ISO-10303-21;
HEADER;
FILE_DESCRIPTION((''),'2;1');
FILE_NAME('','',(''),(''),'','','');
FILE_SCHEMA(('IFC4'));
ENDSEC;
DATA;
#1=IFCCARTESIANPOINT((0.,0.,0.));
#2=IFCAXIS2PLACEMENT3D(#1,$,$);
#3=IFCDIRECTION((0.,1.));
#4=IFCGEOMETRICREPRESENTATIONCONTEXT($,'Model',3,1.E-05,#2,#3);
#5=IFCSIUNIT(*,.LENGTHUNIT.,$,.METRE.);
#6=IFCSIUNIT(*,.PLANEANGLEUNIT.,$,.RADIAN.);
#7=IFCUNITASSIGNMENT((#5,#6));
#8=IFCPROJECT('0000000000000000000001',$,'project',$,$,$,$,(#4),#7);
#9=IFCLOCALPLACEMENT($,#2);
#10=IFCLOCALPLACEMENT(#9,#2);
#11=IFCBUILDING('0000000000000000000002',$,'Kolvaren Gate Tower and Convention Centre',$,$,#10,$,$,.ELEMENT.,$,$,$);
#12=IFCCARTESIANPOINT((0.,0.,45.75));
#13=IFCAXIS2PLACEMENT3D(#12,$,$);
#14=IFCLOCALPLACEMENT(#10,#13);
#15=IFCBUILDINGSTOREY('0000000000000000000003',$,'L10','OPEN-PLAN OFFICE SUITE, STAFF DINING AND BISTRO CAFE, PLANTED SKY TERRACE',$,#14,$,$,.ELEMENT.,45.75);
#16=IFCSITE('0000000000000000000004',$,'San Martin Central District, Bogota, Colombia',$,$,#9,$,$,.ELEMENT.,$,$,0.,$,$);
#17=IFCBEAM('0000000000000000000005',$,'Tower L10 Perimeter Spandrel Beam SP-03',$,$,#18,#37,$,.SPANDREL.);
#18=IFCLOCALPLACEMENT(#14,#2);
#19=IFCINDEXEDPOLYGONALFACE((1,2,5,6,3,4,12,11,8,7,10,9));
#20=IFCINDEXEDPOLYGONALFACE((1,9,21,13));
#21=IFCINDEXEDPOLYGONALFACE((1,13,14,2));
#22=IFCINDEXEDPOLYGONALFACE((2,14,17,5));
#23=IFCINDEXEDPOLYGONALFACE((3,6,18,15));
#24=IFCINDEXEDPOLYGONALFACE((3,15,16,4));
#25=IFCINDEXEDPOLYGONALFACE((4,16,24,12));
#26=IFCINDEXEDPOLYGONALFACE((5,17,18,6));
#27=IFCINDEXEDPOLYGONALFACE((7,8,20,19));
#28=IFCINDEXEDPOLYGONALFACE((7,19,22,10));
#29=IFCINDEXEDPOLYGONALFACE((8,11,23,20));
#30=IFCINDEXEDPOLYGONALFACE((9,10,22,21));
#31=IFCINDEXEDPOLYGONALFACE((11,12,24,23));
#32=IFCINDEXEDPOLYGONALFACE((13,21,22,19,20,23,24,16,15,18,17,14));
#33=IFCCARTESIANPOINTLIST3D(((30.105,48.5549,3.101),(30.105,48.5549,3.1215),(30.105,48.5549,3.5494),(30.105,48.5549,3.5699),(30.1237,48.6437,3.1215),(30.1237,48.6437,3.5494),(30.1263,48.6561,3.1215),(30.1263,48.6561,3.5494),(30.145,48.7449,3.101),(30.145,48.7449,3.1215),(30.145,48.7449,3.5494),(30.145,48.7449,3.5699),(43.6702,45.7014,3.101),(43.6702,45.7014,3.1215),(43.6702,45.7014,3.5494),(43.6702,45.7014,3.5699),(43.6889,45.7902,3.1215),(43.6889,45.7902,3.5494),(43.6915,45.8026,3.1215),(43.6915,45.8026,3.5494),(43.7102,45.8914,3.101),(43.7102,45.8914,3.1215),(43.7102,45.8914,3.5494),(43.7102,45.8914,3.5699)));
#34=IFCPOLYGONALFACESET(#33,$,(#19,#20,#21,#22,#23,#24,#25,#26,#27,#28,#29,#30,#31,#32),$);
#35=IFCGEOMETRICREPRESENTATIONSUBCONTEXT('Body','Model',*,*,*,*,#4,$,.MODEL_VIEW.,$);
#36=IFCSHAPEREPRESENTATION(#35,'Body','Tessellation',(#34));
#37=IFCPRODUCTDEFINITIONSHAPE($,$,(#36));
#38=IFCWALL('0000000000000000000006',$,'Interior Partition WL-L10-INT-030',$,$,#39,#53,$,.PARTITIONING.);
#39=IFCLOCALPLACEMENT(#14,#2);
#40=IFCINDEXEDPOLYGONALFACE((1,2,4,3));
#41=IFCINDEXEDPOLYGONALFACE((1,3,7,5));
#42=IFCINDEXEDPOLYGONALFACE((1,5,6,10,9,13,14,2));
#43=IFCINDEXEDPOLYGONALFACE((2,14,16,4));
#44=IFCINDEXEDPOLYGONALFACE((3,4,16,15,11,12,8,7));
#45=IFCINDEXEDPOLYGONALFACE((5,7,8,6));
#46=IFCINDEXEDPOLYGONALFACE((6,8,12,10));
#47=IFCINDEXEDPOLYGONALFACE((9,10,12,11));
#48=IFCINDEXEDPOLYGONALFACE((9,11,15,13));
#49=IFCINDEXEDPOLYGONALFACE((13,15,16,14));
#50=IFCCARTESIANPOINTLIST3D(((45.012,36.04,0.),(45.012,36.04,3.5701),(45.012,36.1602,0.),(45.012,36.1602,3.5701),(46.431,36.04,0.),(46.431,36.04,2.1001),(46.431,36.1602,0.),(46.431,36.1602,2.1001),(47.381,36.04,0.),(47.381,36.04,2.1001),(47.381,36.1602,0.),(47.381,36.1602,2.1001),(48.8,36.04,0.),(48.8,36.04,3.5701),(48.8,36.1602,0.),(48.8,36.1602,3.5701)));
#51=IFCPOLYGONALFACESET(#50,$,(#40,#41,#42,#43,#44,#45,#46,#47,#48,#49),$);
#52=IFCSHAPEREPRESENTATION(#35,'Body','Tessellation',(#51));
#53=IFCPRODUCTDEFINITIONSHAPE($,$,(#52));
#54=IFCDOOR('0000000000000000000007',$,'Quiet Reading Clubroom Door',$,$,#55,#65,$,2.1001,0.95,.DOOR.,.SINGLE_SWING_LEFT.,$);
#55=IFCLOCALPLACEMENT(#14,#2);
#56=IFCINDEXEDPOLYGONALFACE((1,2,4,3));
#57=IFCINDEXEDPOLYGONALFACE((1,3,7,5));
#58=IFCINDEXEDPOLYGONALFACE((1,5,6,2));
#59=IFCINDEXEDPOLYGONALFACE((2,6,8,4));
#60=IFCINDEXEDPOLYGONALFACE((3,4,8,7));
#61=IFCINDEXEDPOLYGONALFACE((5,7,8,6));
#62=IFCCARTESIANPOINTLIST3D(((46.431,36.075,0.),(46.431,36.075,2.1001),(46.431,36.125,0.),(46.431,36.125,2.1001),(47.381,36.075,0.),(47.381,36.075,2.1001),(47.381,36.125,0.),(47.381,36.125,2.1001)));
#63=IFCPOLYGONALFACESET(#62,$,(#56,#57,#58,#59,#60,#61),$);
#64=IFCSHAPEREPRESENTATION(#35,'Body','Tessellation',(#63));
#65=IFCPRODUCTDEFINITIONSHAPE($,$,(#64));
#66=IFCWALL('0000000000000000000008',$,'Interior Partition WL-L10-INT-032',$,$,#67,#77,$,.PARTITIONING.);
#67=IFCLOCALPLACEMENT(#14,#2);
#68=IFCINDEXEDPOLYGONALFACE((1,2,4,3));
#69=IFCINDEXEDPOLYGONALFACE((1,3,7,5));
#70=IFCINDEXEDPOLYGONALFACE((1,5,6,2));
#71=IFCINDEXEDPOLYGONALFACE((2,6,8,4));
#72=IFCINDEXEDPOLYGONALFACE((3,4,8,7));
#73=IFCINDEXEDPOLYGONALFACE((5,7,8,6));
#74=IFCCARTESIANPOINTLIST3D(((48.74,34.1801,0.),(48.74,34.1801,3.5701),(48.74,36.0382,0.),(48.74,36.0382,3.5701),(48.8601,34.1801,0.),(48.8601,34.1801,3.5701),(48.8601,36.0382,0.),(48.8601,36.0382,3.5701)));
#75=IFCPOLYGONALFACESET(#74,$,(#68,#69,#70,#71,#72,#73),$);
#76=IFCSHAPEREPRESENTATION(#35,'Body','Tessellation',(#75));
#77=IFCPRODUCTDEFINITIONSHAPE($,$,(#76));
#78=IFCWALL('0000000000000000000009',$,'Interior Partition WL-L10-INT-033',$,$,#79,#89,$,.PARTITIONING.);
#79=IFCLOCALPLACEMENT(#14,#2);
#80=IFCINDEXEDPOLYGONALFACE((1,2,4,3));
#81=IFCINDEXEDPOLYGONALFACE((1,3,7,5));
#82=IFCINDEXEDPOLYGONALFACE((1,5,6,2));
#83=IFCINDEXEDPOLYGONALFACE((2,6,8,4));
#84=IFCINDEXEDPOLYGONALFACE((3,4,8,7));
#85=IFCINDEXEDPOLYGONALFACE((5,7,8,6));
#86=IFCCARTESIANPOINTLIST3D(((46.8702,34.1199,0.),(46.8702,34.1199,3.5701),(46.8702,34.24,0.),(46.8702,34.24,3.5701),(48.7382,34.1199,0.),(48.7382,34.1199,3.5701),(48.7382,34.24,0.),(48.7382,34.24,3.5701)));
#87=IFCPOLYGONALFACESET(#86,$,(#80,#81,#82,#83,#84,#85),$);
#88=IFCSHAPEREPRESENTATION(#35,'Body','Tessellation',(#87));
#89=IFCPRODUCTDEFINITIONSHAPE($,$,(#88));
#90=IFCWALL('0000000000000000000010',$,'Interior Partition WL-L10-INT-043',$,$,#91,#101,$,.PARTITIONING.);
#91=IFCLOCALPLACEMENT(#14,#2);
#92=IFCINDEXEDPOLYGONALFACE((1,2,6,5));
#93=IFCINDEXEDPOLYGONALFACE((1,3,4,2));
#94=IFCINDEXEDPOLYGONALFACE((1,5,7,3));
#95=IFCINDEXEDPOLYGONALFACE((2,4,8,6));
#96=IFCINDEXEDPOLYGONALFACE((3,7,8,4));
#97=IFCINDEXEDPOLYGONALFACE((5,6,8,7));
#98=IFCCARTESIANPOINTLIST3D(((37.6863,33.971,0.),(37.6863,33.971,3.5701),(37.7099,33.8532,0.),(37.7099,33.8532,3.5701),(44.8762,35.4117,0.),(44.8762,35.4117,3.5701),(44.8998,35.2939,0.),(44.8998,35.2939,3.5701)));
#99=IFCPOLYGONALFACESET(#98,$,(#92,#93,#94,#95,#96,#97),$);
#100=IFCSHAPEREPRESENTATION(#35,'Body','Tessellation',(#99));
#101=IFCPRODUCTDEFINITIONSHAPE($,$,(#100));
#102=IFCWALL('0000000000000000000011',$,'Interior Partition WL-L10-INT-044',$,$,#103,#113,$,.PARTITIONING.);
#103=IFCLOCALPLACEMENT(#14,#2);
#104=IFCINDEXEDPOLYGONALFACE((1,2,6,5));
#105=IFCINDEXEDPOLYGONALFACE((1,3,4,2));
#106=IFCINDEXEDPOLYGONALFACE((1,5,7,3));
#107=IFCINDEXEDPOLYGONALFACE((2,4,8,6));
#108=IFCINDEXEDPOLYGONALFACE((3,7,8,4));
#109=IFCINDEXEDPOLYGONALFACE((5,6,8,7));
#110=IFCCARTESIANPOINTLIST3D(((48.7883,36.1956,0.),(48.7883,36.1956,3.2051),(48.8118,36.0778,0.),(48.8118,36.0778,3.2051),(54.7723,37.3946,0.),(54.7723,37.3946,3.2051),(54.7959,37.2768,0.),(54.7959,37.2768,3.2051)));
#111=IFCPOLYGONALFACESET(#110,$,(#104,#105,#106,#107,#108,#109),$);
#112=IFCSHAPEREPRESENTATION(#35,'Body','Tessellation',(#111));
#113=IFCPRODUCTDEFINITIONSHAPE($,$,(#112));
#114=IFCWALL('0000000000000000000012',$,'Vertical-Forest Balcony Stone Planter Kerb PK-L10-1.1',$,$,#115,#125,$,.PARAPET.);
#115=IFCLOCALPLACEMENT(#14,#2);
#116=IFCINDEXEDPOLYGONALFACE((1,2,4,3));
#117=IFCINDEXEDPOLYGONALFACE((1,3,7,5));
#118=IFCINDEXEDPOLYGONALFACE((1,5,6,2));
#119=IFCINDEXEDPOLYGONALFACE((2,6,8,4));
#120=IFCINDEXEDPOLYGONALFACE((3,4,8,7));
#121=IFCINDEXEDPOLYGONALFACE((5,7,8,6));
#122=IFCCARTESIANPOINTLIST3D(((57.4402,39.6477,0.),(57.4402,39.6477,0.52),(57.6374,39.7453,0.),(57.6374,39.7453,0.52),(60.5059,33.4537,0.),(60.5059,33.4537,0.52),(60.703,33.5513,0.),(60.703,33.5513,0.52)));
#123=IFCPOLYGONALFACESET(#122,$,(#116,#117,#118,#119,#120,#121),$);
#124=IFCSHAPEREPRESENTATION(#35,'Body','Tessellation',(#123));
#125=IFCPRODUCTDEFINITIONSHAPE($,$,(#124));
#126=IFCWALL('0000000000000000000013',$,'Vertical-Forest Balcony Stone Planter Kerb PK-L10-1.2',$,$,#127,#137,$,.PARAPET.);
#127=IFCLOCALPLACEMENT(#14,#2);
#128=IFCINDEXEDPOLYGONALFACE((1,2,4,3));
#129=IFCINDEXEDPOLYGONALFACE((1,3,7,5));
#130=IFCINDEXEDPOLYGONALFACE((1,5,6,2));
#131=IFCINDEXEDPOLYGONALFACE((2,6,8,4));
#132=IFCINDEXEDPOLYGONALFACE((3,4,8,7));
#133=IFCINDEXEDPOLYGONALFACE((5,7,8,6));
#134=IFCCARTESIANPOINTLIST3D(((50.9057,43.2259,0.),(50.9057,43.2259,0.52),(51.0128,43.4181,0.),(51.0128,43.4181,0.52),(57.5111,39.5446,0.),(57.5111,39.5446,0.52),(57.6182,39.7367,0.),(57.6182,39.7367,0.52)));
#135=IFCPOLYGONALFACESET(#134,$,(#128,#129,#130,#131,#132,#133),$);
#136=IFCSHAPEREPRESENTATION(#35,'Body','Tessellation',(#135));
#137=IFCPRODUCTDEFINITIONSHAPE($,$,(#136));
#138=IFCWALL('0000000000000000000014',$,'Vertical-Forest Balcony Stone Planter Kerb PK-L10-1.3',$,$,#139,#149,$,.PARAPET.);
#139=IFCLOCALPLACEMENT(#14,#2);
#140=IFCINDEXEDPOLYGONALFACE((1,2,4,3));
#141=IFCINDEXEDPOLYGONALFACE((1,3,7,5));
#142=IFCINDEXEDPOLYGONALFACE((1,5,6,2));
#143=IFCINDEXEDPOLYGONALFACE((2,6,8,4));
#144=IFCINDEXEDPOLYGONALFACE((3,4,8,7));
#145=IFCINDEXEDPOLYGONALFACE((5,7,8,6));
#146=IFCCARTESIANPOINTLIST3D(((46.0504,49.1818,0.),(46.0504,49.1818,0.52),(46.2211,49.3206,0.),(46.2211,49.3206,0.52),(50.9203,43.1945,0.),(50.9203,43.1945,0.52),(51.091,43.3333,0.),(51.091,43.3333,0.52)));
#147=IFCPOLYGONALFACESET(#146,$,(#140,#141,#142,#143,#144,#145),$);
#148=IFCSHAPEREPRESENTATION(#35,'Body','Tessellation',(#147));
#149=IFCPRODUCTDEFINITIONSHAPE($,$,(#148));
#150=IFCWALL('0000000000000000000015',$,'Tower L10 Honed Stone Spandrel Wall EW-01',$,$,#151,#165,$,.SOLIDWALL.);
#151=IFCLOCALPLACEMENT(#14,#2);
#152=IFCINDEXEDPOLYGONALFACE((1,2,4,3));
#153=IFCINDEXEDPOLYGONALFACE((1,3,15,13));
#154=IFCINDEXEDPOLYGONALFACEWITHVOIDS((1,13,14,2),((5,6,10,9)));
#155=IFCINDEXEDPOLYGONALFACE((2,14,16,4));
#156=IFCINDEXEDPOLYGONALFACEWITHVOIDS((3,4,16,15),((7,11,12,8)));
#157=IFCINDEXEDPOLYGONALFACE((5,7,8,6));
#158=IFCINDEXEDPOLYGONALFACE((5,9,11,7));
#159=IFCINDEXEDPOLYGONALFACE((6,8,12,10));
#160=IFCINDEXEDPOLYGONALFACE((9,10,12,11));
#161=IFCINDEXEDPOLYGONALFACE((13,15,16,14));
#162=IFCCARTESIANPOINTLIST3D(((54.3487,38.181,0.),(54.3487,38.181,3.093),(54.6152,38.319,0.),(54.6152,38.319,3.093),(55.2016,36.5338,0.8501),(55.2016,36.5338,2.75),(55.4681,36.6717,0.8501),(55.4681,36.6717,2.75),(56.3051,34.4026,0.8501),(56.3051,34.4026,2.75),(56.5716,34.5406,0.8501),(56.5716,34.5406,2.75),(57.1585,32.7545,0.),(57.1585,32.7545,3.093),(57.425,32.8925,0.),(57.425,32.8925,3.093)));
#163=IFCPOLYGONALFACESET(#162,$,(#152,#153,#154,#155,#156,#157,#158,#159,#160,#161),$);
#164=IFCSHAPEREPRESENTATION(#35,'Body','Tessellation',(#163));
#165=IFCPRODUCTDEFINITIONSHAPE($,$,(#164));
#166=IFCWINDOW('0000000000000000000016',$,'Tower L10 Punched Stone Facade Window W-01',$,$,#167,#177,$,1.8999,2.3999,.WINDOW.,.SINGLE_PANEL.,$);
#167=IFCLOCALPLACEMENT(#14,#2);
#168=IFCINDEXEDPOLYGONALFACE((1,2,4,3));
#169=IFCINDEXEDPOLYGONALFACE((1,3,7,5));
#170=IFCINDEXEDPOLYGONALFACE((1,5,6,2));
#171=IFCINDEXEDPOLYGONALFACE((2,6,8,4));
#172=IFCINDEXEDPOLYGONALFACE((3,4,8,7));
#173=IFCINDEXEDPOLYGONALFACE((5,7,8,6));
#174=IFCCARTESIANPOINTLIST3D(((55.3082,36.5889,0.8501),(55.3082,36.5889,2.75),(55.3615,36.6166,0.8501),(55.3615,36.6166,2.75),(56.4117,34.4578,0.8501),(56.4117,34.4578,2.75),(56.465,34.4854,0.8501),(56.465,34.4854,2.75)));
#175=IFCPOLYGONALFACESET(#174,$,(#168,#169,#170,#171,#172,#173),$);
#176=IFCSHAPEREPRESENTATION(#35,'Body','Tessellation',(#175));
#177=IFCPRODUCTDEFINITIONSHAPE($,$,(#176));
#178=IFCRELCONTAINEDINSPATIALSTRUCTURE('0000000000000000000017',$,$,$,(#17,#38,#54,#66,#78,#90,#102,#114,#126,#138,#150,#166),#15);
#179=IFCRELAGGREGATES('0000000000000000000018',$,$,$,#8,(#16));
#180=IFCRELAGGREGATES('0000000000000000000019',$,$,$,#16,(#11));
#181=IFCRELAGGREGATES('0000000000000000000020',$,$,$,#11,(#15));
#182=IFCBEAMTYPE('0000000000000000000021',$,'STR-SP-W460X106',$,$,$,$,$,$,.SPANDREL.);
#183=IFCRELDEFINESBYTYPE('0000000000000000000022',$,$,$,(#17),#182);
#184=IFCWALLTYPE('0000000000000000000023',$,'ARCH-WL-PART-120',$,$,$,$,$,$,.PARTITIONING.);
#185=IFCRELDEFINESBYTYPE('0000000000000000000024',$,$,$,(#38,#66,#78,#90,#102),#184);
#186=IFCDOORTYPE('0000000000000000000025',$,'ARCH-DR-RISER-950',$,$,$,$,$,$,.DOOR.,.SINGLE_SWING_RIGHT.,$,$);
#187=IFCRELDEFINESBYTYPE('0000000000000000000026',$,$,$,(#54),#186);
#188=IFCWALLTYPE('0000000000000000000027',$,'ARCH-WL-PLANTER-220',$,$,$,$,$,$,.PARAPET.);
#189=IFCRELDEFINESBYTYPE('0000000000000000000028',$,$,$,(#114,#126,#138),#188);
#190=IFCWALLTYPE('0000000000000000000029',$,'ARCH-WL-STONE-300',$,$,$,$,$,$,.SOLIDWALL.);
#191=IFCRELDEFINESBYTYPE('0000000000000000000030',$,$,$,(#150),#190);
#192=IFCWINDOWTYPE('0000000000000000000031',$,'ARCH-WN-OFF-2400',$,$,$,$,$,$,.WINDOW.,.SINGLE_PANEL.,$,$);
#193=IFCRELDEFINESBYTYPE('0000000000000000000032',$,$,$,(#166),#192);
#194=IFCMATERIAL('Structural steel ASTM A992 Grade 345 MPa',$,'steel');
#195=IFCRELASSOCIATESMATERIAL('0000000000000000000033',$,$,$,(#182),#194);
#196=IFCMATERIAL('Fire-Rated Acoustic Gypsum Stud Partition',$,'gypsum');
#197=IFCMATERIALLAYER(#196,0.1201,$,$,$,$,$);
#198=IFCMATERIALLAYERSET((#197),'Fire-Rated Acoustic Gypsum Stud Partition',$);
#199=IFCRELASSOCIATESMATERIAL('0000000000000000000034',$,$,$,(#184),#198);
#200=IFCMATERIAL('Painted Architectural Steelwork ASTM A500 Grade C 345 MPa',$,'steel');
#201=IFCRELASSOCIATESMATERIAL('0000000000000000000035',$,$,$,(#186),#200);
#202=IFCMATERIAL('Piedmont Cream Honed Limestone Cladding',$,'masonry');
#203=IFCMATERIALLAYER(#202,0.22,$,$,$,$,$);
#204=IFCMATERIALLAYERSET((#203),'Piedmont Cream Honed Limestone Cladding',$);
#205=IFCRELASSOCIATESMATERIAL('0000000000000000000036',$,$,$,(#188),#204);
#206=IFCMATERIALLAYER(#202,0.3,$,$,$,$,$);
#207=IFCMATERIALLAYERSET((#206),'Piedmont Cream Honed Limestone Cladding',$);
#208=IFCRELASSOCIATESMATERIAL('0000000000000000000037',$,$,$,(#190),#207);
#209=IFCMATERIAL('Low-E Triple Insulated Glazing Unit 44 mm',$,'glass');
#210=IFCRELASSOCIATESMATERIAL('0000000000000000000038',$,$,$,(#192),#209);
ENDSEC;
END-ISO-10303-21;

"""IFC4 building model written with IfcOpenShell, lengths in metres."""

from ifc_helpers import new_model, si_unit, direction, frame, frame_2d, origin, origin_2d, place, context, subcontext, project, spatial, rectangle, i_section, extrude, material, layer, layer_set, material_profile, profile_set, type_object, element, fill, save


model = new_model("IFC4")

# Units and contexts
model_context = context("Model", 3, precision=1e-05, world=origin(), true_north=direction((0.0, 1.0)))
body_context = subcontext(model_context, "Body", "Model", "MODEL_VIEW")
ifc_project = project(units=[si_unit("LENGTHUNIT", "METRE"), si_unit("PLANEANGLEUNIT", "RADIAN")], contexts=[model_context])

# Site, building, storey
site_placement = place(None, origin())
site = spatial("IfcSite", under=ifc_project, at=site_placement, Name="San Martin Central District, Bogota, Colombia", CompositionType="ELEMENT", RefElevation=0.0)
building_placement = place(site_placement, origin())
building = spatial("IfcBuilding", under=site, at=building_placement, Name="Kolvaren Gate Tower and Convention Centre", CompositionType="ELEMENT")
storey_placement = place(building_placement, frame((0.0, 0.0, 45.75)))
storey = spatial("IfcBuildingStorey", under=building, at=storey_placement, Name="L10", Description="OPEN-PLAN OFFICE SUITE, STAFF DINING AND BISTRO CAFE, PLANTED SKY TERRACE", CompositionType="ELEMENT", Elevation=45.75)

# Beam
ifc_material_1 = material(Name="Structural steel ASTM A992 Grade 345 MPa", Category="steel")
ifc_material_profile_1 = material_profile(ifc_material_1, i_section(OverallWidth=0.1941, OverallDepth=0.469, WebThickness=0.0127, FlangeThickness=0.0205, at=origin_2d()), Name="W460X106")
ifc_profile_set_1 = profile_set([ifc_material_profile_1], Name="Structural steel ASTM A992 Grade 345 MPa")
beam_type_1 = type_object("IfcBeamType", Name="STR-SP-W460X106", PredefinedType="SPANDREL", material=ifc_profile_set_1)
beam_1_placement = place(storey_placement, frame((43.6902, 45.7964, 3.3354), z_axis=(-0.978583, 0.205851, 0.0), x_axis=(-0.205851, -0.978583, 0.0)))
element("IfcBeam", 1, at=beam_1_placement, inside=storey, type_object=beam_type_1, Name="Tower L10 Perimeter Spandrel Beam SP-03", PredefinedType="SPANDREL", context=body_context, shape_type="SweptSolid", body=[
    extrude(i_section(OverallWidth=0.1941, OverallDepth=0.469, WebThickness=0.0127, FlangeThickness=0.0205, at=origin_2d()), origin(), (0.0, 0.0, 1.0), 13.8621),
])

# Wall, opening, door
ifc_material_2 = material(Name="Fire-Rated Acoustic Gypsum Stud Partition", Category="gypsum")
ifc_layer_1 = layer(ifc_material_2, 0.1201)
ifc_layer_set_1 = layer_set([ifc_layer_1], Name="Fire-Rated Acoustic Gypsum Stud Partition")
wall_type_1 = type_object("IfcWallType", Name="ARCH-WL-PART-120", PredefinedType="PARTITIONING", material=ifc_layer_set_1)
wall_1_placement = place(storey_placement, frame((45.012, 36.1001, 0.0), z_axis=(0.0, 0.0, 1.0), x_axis=(1.0, 0.0, 0.0)))
wall_1 = element("IfcWall", 2, at=wall_1_placement, inside=storey, type_object=wall_type_1, Name="Interior Partition WL-L10-INT-030", PredefinedType="PARTITIONING", context=body_context, shape_type="SweptSolid", body=[
    extrude(rectangle(XDim=3.7881, YDim=0.1201, at=frame_2d((1.894, 0.0))), origin(), (0.0, 0.0, 1.0), 3.5701),
])
opening_1_placement = place(wall_1_placement, frame((1.4189, 0.0, 0.0)))
opening_1 = element("IfcOpeningElement", 3, at=opening_1_placement, cuts=wall_1, PredefinedType="OPENING", context=body_context, shape_type="SweptSolid", body=[
    extrude(rectangle(XDim=0.95, YDim=2.1001, at=frame_2d((0.4751, 1.05))), frame((0.0, 0.0701, 0.0), z_axis=(0.0, -1.0, 0.0), x_axis=(1.0, 0.0, 0.0)), (0.0, 0.0, 1.0), 0.1401),
])
ifc_material_3 = material(Name="Painted Architectural Steelwork ASTM A500 Grade C 345 MPa", Category="steel")
door_type_1 = type_object("IfcDoorType", Name="ARCH-DR-RISER-950", OperationType="SINGLE_SWING_RIGHT", PredefinedType="DOOR", material=ifc_material_3)
door_1_placement = place(opening_1_placement, origin())
door_1 = element("IfcDoor", 4, at=door_1_placement, inside=storey, type_object=door_type_1, Name="Quiet Reading Clubroom Door", OperationType="SINGLE_SWING_LEFT", OverallHeight=2.1001, OverallWidth=0.95, PredefinedType="DOOR", context=body_context, shape_type="SweptSolid", body=[
    extrude(rectangle(XDim=0.95, YDim=2.1001, at=frame_2d((0.4751, 1.05))), frame((0.0, 0.0249, 0.0), z_axis=(0.0, -1.0, 0.0), x_axis=(1.0, 0.0, 0.0)), (0.0, 0.0, 1.0), 0.05),
])
fill(opening_1, door_1)

# Walls
wall_2_placement = place(storey_placement, frame((48.8, 34.1799, 0.0), z_axis=(0.0, 0.0, 1.0), x_axis=(0.0, 1.0, 0.0)))
element("IfcWall", 5, at=wall_2_placement, inside=storey, type_object=wall_type_1, Name="Interior Partition WL-L10-INT-032", PredefinedType="PARTITIONING", context=body_context, shape_type="SweptSolid", body=[
    extrude(rectangle(XDim=1.8582, YDim=0.1201, at=frame_2d((0.9292, 0.0))), origin(), (0.0, 0.0, 1.0), 3.5701),
])
wall_3_placement = place(storey_placement, frame((46.8701, 34.1799, 0.0), z_axis=(0.0, 0.0, 1.0), x_axis=(1.0, 0.0, 0.0)))
element("IfcWall", 6, at=wall_3_placement, inside=storey, type_object=wall_type_1, Name="Interior Partition WL-L10-INT-033", PredefinedType="PARTITIONING", context=body_context, shape_type="SweptSolid", body=[
    extrude(rectangle(XDim=1.8679, YDim=0.1201, at=frame_2d((0.9341, 0.0))), origin(), (0.0, 0.0, 1.0), 3.5701),
])
wall_4_placement = place(storey_placement, frame((37.698, 33.9121, 0.0), z_axis=(0.0, 0.0, 1.0), x_axis=(0.98051, 0.196468, 0.0)))
element("IfcWall", 7, at=wall_4_placement, inside=storey, type_object=wall_type_1, Name="Interior Partition WL-L10-INT-043", PredefinedType="PARTITIONING", context=body_context, shape_type="SweptSolid", body=[
    extrude(rectangle(XDim=7.3328, YDim=0.1201, at=frame_2d((3.6665, 0.0))), origin(), (0.0, 0.0, 1.0), 3.5701),
])
wall_5_placement = place(storey_placement, frame((48.8, 36.1367, 0.0), z_axis=(0.0, 0.0, 1.0), x_axis=(0.980513, 0.196455, 0.0)))
element("IfcWall", 8, at=wall_5_placement, inside=storey, type_object=wall_type_1, Name="Interior Partition WL-L10-INT-044", PredefinedType="PARTITIONING", context=body_context, shape_type="SweptSolid", body=[
    extrude(rectangle(XDim=6.103, YDim=0.1201, at=frame_2d((3.0515, 0.0))), origin(), (0.0, 0.0, 1.0), 3.2051),
])
ifc_material_4 = material(Name="Piedmont Cream Honed Limestone Cladding", Category="masonry")
ifc_layer_2 = layer(ifc_material_4, 0.22)
ifc_layer_set_2 = layer_set([ifc_layer_2], Name="Piedmont Cream Honed Limestone Cladding")
wall_type_2 = type_object("IfcWallType", Name="ARCH-WL-PLANTER-220", PredefinedType="PARAPET", material=ifc_layer_set_2)
wall_6_placement = place(storey_placement, frame((57.5388, 39.6965, 0.0), z_axis=(0.0, 0.0, 1.0), x_axis=(0.443578, -0.896236, 0.0)))
element("IfcWall", 9, at=wall_6_placement, inside=storey, type_object=wall_type_2, Name="Vertical-Forest Balcony Stone Planter Kerb PK-L10-1.1", PredefinedType="PARAPET", context=body_context, shape_type="SweptSolid", body=[
    extrude(rectangle(XDim=6.9111, YDim=0.22, at=frame_2d((3.4556, 0.0))), origin(), (0.0, 0.0, 1.0), 0.52),
])
wall_7_placement = place(storey_placement, frame((50.9592, 43.322, 0.0), z_axis=(0.0, 0.0, 1.0), x_axis=(0.8735, -0.486824, 0.0)))
element("IfcWall", 10, at=wall_7_placement, inside=storey, type_object=wall_type_2, Name="Vertical-Forest Balcony Stone Planter Kerb PK-L10-1.2", PredefinedType="PARAPET", context=body_context, shape_type="SweptSolid", body=[
    extrude(rectangle(XDim=7.562, YDim=0.22, at=frame_2d((3.781, 0.0))), origin(), (0.0, 0.0, 1.0), 0.52),
])
wall_8_placement = place(storey_placement, frame((46.1357, 49.2512, 0.0), z_axis=(0.0, 0.0, 1.0), x_axis=(0.630997, -0.775785, 0.0)))
element("IfcWall", 11, at=wall_8_placement, inside=storey, type_object=wall_type_2, Name="Vertical-Forest Balcony Stone Planter Kerb PK-L10-1.3", PredefinedType="PARAPET", context=body_context, shape_type="SweptSolid", body=[
    extrude(rectangle(XDim=7.7178, YDim=0.22, at=frame_2d((3.8589, 0.0))), origin(), (0.0, 0.0, 1.0), 0.52),
])

# Wall, opening, window
ifc_layer_3 = layer(ifc_material_4, 0.3)
ifc_layer_set_3 = layer_set([ifc_layer_3], Name="Piedmont Cream Honed Limestone Cladding")
wall_type_3 = type_object("IfcWallType", Name="ARCH-WL-STONE-300", PredefinedType="SOLIDWALL", material=ifc_layer_set_3)
wall_9_placement = place(storey_placement, frame((54.4819, 38.25, 0.0), z_axis=(0.0, 0.0, 1.0), x_axis=(0.45981, -0.888017, 0.0)))
wall_9 = element("IfcWall", 12, at=wall_9_placement, inside=storey, type_object=wall_type_3, Name="Tower L10 Honed Stone Spandrel Wall EW-01", PredefinedType="SOLIDWALL", context=body_context, shape_type="SweptSolid", body=[
    extrude(rectangle(XDim=6.1108, YDim=0.3, at=frame_2d((3.0554, 0.0))), origin(), (0.0, 0.0, 1.0), 3.093),
])
opening_2_placement = place(wall_9_placement, frame((1.855, 0.0, 0.8501)))
opening_2 = element("IfcOpeningElement", 13, at=opening_2_placement, cuts=wall_9, PredefinedType="OPENING", context=body_context, shape_type="SweptSolid", body=[
    extrude(rectangle(XDim=2.3999, YDim=1.8999, at=frame_2d((1.2, 0.95))), frame((0.0, 0.1599, 0.0), z_axis=(0.0, -1.0, 0.0), x_axis=(1.0, 0.0, 0.0)), (0.0, 0.0, 1.0), 0.3201),
])
ifc_material_5 = material(Name="Low-E Triple Insulated Glazing Unit 44 mm", Category="glass")
window_type = type_object("IfcWindowType", Name="ARCH-WN-OFF-2400", PartitioningType="SINGLE_PANEL", PredefinedType="WINDOW", material=ifc_material_5)
window_1_placement = place(opening_2_placement, origin())
window_1 = element("IfcWindow", 14, at=window_1_placement, inside=storey, type_object=window_type, Name="Tower L10 Punched Stone Facade Window W-01", OverallHeight=1.8999, OverallWidth=2.3999, PartitioningType="SINGLE_PANEL", PredefinedType="WINDOW", context=body_context, shape_type="SweptSolid", body=[
    extrude(rectangle(XDim=2.3999, YDim=1.8999, at=frame_2d((1.2, 0.95))), frame((0.0, 0.03, 0.0), z_axis=(0.0, -1.0, 0.0), x_axis=(1.0, 0.0, 0.0)), (0.0, 0.0, 1.0), 0.0601),
])
fill(opening_2, window_1)

save(model, "model.ifc")
